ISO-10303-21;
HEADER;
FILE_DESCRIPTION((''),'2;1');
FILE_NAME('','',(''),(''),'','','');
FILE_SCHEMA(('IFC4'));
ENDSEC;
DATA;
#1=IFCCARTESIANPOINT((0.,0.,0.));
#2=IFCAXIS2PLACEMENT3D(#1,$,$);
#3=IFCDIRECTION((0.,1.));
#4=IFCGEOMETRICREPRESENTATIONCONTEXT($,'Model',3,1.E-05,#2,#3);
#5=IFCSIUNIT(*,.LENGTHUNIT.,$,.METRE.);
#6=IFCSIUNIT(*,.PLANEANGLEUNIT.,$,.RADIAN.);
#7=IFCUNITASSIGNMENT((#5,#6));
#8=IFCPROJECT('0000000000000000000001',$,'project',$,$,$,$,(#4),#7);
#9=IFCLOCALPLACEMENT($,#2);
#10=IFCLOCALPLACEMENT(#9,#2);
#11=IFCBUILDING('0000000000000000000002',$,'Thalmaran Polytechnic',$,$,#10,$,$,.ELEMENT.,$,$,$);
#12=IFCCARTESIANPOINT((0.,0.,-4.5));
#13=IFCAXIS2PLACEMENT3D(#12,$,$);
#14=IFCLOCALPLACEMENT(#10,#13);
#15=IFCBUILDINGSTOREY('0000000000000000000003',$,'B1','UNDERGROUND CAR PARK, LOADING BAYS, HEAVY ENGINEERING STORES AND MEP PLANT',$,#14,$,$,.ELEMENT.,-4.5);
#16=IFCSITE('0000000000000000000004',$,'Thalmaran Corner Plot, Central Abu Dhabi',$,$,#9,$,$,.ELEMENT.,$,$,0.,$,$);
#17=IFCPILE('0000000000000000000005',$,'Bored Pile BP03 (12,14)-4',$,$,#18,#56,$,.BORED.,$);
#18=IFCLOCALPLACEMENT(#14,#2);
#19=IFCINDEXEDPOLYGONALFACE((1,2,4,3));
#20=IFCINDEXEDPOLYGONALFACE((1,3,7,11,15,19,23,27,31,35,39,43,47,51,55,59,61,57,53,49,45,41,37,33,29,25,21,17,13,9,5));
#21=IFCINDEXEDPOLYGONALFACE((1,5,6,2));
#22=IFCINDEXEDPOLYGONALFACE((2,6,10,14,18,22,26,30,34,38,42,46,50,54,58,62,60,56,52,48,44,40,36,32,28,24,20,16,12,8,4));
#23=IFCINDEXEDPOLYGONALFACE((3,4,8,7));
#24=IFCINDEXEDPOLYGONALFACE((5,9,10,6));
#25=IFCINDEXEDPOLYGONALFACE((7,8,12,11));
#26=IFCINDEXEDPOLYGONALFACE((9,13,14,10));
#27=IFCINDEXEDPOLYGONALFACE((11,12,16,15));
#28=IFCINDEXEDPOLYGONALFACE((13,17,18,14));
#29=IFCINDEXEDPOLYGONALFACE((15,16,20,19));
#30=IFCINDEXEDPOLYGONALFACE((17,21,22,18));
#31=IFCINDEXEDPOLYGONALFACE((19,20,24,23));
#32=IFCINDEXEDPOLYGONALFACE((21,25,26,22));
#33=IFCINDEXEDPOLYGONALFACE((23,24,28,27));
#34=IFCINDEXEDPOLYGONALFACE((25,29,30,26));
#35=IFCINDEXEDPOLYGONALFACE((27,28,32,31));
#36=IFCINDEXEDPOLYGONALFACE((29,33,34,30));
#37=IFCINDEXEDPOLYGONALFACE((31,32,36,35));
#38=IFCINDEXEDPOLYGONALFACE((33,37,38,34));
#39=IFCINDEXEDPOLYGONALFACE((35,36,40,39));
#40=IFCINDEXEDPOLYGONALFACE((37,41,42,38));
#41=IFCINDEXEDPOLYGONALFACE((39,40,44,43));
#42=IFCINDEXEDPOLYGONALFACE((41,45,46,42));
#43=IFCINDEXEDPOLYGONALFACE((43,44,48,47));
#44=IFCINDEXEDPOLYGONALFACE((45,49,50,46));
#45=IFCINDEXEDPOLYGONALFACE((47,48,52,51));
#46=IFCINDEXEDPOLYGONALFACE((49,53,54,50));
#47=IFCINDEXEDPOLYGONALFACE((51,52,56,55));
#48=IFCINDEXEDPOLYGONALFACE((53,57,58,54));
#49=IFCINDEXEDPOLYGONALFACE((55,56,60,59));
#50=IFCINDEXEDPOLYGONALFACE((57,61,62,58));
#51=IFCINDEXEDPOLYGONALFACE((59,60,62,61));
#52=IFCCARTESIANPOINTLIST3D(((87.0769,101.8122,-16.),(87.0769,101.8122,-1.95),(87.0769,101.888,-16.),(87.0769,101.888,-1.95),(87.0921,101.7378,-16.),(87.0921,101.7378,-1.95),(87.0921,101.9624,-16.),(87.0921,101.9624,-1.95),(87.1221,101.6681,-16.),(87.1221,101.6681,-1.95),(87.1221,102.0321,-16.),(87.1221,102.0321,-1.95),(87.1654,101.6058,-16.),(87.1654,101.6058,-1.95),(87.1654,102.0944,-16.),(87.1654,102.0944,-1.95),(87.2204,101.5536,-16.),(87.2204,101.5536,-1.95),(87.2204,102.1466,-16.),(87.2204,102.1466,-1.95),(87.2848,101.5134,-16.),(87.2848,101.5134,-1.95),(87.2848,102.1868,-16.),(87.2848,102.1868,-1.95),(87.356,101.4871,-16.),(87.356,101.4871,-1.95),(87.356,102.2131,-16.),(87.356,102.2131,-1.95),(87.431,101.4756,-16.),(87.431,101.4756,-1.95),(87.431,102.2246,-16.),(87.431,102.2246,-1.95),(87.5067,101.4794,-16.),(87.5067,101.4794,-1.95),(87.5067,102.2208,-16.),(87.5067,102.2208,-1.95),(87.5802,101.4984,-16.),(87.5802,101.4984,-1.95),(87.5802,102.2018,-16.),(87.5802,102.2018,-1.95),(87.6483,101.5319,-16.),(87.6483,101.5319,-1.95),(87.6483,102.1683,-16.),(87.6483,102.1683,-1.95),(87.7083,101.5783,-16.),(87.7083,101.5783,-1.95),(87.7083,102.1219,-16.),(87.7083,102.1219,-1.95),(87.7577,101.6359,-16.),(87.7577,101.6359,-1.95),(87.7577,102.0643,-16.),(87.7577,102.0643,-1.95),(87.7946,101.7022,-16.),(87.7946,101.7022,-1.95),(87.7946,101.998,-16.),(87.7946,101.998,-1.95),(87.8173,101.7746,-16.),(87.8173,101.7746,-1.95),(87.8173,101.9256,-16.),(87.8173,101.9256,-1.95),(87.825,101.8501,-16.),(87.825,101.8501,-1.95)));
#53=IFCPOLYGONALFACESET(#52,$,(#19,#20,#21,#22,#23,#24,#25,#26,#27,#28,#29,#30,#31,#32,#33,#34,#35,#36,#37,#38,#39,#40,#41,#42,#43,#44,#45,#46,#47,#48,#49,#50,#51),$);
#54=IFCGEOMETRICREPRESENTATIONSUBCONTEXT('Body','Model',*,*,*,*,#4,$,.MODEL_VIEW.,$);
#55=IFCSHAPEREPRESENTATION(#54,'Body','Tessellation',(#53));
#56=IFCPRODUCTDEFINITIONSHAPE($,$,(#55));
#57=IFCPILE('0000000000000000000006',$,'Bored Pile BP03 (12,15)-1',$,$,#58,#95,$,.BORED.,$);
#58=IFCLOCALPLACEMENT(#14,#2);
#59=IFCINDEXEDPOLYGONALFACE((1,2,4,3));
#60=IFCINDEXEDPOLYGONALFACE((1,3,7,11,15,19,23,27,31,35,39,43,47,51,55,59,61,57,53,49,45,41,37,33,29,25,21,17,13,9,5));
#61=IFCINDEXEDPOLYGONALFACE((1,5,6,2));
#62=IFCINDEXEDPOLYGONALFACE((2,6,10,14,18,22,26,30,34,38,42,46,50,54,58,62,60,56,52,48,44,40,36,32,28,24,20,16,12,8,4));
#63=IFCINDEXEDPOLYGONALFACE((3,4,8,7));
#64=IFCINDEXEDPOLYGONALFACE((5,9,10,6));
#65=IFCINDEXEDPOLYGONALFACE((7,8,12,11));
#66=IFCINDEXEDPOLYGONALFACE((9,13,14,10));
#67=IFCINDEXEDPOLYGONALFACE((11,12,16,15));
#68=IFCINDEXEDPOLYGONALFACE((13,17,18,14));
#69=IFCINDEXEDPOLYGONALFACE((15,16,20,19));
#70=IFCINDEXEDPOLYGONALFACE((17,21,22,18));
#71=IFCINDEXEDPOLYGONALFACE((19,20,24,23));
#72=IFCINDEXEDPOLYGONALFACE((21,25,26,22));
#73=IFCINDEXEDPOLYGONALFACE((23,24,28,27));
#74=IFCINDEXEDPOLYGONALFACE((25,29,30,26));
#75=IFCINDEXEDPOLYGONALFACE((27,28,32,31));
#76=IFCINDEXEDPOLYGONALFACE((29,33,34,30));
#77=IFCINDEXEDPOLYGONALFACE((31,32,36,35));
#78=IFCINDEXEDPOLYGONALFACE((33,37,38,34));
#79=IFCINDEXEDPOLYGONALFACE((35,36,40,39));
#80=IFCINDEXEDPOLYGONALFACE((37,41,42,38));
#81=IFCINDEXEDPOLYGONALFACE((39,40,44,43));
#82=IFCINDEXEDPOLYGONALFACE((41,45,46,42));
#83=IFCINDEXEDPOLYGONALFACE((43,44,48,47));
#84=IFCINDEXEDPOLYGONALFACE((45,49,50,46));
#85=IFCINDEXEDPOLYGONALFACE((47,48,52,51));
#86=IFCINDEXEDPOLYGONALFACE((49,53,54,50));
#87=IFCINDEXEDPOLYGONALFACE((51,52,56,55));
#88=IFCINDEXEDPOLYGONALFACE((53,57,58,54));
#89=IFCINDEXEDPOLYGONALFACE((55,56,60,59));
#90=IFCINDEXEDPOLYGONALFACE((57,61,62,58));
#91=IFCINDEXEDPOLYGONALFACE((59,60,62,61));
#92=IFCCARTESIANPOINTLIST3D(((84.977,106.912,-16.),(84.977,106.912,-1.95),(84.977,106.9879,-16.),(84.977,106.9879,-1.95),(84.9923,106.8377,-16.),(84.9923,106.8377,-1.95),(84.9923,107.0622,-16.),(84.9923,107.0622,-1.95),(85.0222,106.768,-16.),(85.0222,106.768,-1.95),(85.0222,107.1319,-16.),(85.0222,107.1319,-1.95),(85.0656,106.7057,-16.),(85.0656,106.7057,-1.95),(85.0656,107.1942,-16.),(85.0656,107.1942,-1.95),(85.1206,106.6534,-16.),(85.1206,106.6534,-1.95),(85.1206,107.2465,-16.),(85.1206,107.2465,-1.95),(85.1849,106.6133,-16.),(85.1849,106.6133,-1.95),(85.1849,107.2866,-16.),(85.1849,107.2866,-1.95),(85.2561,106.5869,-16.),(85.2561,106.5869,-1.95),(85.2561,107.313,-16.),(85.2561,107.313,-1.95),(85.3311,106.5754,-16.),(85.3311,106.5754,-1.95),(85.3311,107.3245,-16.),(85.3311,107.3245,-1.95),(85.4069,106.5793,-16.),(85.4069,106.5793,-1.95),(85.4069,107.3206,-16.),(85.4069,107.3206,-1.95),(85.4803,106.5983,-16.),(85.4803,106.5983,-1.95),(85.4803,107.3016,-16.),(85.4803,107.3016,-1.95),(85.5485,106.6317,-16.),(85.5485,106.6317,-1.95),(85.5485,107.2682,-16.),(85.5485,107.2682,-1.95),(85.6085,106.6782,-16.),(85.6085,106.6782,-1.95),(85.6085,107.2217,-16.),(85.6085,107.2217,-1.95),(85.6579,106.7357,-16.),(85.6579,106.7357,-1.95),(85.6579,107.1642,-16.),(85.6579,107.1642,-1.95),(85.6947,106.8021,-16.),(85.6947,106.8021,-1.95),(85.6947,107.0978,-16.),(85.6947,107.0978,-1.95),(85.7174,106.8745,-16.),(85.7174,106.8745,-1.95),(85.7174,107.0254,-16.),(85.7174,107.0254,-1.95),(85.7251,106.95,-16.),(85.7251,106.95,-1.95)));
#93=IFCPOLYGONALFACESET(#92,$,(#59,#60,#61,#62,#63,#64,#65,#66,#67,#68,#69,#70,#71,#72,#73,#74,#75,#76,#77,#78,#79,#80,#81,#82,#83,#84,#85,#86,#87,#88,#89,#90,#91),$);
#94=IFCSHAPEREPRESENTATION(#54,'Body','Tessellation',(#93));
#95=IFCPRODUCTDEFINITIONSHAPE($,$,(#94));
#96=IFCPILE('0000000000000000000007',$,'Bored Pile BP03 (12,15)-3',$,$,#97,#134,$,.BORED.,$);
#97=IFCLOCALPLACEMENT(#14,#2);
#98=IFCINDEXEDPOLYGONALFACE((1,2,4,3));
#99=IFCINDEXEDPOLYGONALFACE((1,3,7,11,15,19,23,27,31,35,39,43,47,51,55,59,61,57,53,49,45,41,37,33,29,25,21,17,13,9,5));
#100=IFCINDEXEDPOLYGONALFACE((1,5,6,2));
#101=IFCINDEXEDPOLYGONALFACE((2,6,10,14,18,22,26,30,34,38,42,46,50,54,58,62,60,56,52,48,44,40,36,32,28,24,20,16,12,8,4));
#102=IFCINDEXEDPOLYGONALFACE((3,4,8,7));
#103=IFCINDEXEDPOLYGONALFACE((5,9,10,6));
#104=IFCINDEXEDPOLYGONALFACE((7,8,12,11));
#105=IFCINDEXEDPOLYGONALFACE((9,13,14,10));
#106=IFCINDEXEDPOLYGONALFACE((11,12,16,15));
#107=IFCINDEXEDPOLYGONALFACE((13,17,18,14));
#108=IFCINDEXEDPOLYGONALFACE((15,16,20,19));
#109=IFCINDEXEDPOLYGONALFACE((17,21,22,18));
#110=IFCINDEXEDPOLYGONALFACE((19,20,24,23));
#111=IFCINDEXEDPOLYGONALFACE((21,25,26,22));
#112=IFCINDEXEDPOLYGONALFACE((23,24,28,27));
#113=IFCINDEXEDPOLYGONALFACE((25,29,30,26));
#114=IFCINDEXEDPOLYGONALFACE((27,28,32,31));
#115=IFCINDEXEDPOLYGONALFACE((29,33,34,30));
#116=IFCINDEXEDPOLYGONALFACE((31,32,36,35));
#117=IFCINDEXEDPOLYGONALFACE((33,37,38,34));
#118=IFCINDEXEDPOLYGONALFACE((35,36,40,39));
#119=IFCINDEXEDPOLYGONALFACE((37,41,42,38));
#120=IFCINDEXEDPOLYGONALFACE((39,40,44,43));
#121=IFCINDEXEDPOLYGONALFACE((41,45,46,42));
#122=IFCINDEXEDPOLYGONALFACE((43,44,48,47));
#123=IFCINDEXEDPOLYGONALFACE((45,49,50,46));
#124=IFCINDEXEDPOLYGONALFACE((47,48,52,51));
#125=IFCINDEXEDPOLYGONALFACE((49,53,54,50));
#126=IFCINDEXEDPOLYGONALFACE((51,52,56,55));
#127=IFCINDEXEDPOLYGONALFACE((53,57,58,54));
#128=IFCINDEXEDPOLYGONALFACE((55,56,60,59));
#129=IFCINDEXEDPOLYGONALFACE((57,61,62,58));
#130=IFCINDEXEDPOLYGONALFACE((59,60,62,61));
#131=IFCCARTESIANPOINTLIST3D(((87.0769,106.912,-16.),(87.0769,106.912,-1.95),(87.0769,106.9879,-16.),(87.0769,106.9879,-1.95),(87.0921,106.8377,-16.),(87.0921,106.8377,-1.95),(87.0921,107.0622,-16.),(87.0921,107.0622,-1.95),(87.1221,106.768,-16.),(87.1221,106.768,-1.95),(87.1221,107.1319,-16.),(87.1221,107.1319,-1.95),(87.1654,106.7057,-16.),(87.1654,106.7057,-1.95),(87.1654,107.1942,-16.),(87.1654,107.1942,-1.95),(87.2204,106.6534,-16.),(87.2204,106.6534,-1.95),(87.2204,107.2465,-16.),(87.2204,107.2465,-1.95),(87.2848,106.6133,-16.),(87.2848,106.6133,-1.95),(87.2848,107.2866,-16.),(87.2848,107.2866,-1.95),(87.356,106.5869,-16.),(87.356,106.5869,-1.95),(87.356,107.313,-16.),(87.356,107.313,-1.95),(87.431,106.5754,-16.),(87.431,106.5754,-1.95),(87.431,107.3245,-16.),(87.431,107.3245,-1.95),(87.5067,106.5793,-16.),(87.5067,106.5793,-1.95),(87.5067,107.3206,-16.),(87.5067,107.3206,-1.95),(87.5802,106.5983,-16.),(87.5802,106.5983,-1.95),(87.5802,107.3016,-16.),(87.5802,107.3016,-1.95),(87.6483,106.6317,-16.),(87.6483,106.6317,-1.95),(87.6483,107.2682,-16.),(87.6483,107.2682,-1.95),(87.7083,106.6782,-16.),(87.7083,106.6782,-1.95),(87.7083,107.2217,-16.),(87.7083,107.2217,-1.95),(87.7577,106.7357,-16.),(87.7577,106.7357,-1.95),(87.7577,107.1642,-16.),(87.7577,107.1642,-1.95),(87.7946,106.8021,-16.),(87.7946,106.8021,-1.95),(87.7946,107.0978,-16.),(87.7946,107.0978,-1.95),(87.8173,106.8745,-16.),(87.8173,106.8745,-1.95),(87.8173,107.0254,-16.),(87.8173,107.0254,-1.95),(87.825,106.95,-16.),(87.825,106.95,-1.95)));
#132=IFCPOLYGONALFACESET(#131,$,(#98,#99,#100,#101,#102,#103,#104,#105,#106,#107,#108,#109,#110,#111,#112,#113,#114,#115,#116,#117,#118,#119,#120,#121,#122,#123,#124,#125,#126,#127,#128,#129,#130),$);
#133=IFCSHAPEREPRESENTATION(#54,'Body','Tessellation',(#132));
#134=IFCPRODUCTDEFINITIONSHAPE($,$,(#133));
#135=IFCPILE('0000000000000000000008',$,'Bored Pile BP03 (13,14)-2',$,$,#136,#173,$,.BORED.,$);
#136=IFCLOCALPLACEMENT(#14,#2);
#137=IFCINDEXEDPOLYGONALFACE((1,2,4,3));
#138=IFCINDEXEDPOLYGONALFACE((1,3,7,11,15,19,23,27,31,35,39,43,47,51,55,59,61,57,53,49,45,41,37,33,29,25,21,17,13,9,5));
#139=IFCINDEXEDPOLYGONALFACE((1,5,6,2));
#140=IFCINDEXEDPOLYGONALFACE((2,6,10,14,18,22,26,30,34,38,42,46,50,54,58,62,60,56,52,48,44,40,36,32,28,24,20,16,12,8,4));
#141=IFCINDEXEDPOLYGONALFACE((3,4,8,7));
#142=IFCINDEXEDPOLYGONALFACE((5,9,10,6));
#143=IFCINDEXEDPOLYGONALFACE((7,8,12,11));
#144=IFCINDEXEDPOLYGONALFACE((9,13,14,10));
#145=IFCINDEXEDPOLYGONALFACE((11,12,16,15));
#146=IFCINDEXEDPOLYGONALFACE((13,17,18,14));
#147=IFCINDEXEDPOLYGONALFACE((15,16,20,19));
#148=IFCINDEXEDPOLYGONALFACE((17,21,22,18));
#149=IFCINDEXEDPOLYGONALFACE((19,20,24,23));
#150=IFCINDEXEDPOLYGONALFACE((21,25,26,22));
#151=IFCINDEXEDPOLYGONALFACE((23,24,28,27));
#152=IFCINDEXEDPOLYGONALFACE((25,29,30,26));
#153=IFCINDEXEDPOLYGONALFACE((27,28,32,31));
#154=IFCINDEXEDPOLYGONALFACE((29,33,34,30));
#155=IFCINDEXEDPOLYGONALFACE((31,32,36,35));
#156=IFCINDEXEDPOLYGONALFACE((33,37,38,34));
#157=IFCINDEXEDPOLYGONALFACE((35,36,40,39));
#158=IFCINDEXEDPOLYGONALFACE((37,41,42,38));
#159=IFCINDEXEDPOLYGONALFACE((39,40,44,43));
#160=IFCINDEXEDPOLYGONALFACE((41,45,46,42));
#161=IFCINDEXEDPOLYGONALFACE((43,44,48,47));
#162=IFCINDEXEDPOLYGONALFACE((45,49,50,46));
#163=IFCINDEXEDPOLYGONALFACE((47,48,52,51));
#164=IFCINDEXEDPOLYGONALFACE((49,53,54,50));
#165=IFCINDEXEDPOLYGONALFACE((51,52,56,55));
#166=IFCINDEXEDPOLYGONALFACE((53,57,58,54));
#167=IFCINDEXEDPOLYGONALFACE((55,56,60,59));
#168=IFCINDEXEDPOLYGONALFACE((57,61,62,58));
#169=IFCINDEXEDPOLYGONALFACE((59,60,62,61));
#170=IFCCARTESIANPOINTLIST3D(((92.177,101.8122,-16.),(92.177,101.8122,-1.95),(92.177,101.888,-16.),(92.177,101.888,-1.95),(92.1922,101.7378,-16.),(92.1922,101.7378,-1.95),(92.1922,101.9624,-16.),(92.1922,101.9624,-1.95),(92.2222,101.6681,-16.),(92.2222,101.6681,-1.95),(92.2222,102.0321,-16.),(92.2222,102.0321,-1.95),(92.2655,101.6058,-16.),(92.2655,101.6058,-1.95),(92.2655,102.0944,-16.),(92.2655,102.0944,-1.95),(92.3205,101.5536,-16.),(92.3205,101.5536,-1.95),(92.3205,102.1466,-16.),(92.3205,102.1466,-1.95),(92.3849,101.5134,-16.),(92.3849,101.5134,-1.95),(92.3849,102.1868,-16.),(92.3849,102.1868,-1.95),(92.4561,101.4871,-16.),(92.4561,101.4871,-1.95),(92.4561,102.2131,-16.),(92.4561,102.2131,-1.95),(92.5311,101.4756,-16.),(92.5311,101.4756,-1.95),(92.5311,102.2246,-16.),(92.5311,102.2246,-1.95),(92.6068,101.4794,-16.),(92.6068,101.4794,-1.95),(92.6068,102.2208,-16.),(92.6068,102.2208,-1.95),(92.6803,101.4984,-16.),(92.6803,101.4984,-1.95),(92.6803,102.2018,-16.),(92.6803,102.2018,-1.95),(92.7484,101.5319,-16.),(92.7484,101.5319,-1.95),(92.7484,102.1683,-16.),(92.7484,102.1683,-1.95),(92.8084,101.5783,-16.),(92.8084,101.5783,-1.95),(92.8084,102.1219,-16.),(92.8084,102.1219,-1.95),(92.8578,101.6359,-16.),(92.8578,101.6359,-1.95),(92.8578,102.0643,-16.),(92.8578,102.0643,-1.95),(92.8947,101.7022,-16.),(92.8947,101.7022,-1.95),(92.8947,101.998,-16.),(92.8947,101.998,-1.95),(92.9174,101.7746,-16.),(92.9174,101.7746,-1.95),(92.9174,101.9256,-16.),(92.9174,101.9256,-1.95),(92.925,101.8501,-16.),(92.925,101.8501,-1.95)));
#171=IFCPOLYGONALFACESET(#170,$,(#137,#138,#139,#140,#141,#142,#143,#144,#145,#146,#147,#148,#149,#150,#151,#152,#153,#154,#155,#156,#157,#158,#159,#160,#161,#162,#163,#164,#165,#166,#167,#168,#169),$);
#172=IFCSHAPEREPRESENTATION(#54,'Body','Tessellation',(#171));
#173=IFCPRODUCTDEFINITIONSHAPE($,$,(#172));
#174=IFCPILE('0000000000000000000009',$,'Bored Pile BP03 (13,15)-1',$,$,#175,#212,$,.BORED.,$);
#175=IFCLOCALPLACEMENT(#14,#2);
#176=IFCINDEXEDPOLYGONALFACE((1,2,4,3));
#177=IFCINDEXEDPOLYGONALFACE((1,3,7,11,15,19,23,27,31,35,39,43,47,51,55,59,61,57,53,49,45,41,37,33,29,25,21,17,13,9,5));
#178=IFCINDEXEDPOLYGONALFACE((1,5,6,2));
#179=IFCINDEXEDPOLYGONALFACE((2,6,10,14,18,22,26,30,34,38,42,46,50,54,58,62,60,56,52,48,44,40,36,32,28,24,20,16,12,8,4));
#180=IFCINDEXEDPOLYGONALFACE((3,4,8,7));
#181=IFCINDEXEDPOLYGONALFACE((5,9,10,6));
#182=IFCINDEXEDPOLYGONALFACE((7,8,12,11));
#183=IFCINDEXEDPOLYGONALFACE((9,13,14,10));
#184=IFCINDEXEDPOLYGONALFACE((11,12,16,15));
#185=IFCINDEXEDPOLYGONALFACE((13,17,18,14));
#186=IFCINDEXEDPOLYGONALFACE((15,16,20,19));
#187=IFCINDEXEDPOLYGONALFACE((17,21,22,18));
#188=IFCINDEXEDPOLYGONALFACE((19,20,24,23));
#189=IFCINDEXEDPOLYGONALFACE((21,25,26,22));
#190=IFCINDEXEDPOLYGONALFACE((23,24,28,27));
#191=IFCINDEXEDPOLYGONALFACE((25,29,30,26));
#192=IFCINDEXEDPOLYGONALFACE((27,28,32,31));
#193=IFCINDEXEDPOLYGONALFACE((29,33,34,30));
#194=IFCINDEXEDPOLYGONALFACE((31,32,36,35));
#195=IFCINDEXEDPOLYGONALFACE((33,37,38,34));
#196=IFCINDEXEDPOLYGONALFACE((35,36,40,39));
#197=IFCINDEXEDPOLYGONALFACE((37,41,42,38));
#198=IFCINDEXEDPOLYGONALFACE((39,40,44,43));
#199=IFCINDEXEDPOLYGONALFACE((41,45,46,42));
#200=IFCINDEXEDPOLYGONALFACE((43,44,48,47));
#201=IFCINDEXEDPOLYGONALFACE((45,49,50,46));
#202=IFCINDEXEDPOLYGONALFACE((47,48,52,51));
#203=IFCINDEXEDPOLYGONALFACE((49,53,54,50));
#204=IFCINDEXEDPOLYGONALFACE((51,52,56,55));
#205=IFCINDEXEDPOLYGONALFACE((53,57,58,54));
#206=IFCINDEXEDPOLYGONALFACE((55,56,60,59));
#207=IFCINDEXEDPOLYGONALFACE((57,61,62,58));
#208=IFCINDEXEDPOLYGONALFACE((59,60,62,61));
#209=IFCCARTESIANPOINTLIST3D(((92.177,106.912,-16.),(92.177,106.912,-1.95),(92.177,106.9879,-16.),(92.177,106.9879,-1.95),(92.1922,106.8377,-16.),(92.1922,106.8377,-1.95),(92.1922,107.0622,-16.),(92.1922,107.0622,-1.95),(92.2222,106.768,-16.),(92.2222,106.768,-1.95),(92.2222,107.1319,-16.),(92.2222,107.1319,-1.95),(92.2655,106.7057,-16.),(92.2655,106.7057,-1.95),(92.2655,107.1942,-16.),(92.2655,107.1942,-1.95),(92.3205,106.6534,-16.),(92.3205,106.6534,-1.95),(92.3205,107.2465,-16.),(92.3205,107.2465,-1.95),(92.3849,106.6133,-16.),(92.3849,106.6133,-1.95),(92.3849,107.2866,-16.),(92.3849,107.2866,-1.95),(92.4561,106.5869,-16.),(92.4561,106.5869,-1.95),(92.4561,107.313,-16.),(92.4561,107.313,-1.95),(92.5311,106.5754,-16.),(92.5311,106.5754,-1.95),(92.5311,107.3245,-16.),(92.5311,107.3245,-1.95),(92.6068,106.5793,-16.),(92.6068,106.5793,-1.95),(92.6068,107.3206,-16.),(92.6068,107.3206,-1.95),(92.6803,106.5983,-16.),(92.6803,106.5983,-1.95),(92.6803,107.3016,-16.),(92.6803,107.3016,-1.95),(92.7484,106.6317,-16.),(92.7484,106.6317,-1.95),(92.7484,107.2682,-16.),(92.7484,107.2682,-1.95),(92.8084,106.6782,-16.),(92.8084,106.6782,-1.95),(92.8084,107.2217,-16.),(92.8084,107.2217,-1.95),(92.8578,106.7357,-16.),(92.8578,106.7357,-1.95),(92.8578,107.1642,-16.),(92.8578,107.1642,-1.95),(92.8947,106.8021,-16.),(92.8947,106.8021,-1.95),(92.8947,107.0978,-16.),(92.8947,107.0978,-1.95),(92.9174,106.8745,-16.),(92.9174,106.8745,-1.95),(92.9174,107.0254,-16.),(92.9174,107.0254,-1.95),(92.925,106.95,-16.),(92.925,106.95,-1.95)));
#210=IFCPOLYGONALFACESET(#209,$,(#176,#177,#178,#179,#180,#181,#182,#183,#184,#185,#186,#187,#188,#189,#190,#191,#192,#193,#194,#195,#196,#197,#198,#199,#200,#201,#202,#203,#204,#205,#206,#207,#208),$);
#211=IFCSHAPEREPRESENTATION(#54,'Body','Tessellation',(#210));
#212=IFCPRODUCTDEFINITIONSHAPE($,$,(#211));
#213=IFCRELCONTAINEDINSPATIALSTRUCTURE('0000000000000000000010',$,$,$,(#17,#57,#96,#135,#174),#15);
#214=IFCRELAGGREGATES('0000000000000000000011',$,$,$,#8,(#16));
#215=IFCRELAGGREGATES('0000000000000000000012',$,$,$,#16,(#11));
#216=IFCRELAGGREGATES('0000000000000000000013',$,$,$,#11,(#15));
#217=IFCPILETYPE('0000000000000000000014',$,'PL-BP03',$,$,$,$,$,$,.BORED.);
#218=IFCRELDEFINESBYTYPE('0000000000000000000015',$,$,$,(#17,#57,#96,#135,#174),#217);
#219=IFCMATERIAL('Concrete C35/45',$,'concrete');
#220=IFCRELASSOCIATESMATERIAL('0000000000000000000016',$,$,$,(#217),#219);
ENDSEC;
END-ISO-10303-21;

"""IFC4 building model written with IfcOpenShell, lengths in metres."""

from ifc_helpers import new_model, si_unit, direction, frame, origin, origin_2d, place, context, subcontext, project, spatial, circle, extrude, material, material_profile, profile_set, type_object, element, save


model = new_model("IFC4")

# Units and contexts
model_context = context("Model", 3, precision=1e-05, world=origin(), true_north=direction((0.0, 1.0)))
body_context = subcontext(model_context, "Body", "Model", "MODEL_VIEW")
ifc_project = project(units=[si_unit("LENGTHUNIT", "METRE"), si_unit("PLANEANGLEUNIT", "RADIAN")], contexts=[model_context])

# Site, building, storey
site_placement = place(None, origin())
site = spatial("IfcSite", under=ifc_project, at=site_placement, Name="Thalmaran Corner Plot, Central Abu Dhabi", CompositionType="ELEMENT", RefElevation=0.0)
building_placement = place(site_placement, origin())
building = spatial("IfcBuilding", under=site, at=building_placement, Name="Thalmaran Polytechnic", CompositionType="ELEMENT")
storey_placement = place(building_placement, frame((0.0, 0.0, -4.5)))
storey = spatial("IfcBuildingStorey", under=building, at=storey_placement, Name="B1", Description="UNDERGROUND CAR PARK, LOADING BAYS, HEAVY ENGINEERING STORES AND MEP PLANT", CompositionType="ELEMENT", Elevation=-4.5)

# Piles
ifc_material_1 = material(Name="Concrete C35/45", Category="concrete")
ifc_material_profile_1 = material_profile(ifc_material_1, circle(Radius=0.375, at=origin_2d()), Name="RC 750 DIA")
ifc_profile_set_1 = profile_set([ifc_material_profile_1], Name="Concrete C35/45")
pile_type = type_object("IfcPileType", Name="PL-BP03", PredefinedType="BORED", material=ifc_profile_set_1)
for number, where, z_axis, x_axis, name in (
    (1, (87.45, 101.8501, -1.95), (0.0, 0.0, -1.0), (1.0, 0.0, 0.0), "Bored Pile BP03 (12,14)-4"),
    (2, (85.3501, 106.95, -1.95), (0.0, 0.0, -1.0), (1.0, 0.0, 0.0), "Bored Pile BP03 (12,15)-1"),
    (3, (87.45, 106.95, -1.95), (0.0, 0.0, -1.0), (1.0, 0.0, 0.0), "Bored Pile BP03 (12,15)-3"),
    (4, (92.55, 101.8501, -1.95), (0.0, 0.0, -1.0), (1.0, 0.0, 0.0), "Bored Pile BP03 (13,14)-2"),
    (5, (92.55, 106.95, -1.95), (0.0, 0.0, -1.0), (1.0, 0.0, 0.0), "Bored Pile BP03 (13,15)-1"),
):
    element("IfcPile", number, at=place(storey_placement, frame(where, z_axis=z_axis, x_axis=x_axis)), inside=storey, type_object=pile_type, Name=name, PredefinedType="BORED", context=body_context, shape_type="SweptSolid", body=[
        extrude(circle(Radius=0.375, at=origin_2d()), origin(), (0.0, 0.0, 1.0), 14.05),
    ])

save(model, "model.ifc")
